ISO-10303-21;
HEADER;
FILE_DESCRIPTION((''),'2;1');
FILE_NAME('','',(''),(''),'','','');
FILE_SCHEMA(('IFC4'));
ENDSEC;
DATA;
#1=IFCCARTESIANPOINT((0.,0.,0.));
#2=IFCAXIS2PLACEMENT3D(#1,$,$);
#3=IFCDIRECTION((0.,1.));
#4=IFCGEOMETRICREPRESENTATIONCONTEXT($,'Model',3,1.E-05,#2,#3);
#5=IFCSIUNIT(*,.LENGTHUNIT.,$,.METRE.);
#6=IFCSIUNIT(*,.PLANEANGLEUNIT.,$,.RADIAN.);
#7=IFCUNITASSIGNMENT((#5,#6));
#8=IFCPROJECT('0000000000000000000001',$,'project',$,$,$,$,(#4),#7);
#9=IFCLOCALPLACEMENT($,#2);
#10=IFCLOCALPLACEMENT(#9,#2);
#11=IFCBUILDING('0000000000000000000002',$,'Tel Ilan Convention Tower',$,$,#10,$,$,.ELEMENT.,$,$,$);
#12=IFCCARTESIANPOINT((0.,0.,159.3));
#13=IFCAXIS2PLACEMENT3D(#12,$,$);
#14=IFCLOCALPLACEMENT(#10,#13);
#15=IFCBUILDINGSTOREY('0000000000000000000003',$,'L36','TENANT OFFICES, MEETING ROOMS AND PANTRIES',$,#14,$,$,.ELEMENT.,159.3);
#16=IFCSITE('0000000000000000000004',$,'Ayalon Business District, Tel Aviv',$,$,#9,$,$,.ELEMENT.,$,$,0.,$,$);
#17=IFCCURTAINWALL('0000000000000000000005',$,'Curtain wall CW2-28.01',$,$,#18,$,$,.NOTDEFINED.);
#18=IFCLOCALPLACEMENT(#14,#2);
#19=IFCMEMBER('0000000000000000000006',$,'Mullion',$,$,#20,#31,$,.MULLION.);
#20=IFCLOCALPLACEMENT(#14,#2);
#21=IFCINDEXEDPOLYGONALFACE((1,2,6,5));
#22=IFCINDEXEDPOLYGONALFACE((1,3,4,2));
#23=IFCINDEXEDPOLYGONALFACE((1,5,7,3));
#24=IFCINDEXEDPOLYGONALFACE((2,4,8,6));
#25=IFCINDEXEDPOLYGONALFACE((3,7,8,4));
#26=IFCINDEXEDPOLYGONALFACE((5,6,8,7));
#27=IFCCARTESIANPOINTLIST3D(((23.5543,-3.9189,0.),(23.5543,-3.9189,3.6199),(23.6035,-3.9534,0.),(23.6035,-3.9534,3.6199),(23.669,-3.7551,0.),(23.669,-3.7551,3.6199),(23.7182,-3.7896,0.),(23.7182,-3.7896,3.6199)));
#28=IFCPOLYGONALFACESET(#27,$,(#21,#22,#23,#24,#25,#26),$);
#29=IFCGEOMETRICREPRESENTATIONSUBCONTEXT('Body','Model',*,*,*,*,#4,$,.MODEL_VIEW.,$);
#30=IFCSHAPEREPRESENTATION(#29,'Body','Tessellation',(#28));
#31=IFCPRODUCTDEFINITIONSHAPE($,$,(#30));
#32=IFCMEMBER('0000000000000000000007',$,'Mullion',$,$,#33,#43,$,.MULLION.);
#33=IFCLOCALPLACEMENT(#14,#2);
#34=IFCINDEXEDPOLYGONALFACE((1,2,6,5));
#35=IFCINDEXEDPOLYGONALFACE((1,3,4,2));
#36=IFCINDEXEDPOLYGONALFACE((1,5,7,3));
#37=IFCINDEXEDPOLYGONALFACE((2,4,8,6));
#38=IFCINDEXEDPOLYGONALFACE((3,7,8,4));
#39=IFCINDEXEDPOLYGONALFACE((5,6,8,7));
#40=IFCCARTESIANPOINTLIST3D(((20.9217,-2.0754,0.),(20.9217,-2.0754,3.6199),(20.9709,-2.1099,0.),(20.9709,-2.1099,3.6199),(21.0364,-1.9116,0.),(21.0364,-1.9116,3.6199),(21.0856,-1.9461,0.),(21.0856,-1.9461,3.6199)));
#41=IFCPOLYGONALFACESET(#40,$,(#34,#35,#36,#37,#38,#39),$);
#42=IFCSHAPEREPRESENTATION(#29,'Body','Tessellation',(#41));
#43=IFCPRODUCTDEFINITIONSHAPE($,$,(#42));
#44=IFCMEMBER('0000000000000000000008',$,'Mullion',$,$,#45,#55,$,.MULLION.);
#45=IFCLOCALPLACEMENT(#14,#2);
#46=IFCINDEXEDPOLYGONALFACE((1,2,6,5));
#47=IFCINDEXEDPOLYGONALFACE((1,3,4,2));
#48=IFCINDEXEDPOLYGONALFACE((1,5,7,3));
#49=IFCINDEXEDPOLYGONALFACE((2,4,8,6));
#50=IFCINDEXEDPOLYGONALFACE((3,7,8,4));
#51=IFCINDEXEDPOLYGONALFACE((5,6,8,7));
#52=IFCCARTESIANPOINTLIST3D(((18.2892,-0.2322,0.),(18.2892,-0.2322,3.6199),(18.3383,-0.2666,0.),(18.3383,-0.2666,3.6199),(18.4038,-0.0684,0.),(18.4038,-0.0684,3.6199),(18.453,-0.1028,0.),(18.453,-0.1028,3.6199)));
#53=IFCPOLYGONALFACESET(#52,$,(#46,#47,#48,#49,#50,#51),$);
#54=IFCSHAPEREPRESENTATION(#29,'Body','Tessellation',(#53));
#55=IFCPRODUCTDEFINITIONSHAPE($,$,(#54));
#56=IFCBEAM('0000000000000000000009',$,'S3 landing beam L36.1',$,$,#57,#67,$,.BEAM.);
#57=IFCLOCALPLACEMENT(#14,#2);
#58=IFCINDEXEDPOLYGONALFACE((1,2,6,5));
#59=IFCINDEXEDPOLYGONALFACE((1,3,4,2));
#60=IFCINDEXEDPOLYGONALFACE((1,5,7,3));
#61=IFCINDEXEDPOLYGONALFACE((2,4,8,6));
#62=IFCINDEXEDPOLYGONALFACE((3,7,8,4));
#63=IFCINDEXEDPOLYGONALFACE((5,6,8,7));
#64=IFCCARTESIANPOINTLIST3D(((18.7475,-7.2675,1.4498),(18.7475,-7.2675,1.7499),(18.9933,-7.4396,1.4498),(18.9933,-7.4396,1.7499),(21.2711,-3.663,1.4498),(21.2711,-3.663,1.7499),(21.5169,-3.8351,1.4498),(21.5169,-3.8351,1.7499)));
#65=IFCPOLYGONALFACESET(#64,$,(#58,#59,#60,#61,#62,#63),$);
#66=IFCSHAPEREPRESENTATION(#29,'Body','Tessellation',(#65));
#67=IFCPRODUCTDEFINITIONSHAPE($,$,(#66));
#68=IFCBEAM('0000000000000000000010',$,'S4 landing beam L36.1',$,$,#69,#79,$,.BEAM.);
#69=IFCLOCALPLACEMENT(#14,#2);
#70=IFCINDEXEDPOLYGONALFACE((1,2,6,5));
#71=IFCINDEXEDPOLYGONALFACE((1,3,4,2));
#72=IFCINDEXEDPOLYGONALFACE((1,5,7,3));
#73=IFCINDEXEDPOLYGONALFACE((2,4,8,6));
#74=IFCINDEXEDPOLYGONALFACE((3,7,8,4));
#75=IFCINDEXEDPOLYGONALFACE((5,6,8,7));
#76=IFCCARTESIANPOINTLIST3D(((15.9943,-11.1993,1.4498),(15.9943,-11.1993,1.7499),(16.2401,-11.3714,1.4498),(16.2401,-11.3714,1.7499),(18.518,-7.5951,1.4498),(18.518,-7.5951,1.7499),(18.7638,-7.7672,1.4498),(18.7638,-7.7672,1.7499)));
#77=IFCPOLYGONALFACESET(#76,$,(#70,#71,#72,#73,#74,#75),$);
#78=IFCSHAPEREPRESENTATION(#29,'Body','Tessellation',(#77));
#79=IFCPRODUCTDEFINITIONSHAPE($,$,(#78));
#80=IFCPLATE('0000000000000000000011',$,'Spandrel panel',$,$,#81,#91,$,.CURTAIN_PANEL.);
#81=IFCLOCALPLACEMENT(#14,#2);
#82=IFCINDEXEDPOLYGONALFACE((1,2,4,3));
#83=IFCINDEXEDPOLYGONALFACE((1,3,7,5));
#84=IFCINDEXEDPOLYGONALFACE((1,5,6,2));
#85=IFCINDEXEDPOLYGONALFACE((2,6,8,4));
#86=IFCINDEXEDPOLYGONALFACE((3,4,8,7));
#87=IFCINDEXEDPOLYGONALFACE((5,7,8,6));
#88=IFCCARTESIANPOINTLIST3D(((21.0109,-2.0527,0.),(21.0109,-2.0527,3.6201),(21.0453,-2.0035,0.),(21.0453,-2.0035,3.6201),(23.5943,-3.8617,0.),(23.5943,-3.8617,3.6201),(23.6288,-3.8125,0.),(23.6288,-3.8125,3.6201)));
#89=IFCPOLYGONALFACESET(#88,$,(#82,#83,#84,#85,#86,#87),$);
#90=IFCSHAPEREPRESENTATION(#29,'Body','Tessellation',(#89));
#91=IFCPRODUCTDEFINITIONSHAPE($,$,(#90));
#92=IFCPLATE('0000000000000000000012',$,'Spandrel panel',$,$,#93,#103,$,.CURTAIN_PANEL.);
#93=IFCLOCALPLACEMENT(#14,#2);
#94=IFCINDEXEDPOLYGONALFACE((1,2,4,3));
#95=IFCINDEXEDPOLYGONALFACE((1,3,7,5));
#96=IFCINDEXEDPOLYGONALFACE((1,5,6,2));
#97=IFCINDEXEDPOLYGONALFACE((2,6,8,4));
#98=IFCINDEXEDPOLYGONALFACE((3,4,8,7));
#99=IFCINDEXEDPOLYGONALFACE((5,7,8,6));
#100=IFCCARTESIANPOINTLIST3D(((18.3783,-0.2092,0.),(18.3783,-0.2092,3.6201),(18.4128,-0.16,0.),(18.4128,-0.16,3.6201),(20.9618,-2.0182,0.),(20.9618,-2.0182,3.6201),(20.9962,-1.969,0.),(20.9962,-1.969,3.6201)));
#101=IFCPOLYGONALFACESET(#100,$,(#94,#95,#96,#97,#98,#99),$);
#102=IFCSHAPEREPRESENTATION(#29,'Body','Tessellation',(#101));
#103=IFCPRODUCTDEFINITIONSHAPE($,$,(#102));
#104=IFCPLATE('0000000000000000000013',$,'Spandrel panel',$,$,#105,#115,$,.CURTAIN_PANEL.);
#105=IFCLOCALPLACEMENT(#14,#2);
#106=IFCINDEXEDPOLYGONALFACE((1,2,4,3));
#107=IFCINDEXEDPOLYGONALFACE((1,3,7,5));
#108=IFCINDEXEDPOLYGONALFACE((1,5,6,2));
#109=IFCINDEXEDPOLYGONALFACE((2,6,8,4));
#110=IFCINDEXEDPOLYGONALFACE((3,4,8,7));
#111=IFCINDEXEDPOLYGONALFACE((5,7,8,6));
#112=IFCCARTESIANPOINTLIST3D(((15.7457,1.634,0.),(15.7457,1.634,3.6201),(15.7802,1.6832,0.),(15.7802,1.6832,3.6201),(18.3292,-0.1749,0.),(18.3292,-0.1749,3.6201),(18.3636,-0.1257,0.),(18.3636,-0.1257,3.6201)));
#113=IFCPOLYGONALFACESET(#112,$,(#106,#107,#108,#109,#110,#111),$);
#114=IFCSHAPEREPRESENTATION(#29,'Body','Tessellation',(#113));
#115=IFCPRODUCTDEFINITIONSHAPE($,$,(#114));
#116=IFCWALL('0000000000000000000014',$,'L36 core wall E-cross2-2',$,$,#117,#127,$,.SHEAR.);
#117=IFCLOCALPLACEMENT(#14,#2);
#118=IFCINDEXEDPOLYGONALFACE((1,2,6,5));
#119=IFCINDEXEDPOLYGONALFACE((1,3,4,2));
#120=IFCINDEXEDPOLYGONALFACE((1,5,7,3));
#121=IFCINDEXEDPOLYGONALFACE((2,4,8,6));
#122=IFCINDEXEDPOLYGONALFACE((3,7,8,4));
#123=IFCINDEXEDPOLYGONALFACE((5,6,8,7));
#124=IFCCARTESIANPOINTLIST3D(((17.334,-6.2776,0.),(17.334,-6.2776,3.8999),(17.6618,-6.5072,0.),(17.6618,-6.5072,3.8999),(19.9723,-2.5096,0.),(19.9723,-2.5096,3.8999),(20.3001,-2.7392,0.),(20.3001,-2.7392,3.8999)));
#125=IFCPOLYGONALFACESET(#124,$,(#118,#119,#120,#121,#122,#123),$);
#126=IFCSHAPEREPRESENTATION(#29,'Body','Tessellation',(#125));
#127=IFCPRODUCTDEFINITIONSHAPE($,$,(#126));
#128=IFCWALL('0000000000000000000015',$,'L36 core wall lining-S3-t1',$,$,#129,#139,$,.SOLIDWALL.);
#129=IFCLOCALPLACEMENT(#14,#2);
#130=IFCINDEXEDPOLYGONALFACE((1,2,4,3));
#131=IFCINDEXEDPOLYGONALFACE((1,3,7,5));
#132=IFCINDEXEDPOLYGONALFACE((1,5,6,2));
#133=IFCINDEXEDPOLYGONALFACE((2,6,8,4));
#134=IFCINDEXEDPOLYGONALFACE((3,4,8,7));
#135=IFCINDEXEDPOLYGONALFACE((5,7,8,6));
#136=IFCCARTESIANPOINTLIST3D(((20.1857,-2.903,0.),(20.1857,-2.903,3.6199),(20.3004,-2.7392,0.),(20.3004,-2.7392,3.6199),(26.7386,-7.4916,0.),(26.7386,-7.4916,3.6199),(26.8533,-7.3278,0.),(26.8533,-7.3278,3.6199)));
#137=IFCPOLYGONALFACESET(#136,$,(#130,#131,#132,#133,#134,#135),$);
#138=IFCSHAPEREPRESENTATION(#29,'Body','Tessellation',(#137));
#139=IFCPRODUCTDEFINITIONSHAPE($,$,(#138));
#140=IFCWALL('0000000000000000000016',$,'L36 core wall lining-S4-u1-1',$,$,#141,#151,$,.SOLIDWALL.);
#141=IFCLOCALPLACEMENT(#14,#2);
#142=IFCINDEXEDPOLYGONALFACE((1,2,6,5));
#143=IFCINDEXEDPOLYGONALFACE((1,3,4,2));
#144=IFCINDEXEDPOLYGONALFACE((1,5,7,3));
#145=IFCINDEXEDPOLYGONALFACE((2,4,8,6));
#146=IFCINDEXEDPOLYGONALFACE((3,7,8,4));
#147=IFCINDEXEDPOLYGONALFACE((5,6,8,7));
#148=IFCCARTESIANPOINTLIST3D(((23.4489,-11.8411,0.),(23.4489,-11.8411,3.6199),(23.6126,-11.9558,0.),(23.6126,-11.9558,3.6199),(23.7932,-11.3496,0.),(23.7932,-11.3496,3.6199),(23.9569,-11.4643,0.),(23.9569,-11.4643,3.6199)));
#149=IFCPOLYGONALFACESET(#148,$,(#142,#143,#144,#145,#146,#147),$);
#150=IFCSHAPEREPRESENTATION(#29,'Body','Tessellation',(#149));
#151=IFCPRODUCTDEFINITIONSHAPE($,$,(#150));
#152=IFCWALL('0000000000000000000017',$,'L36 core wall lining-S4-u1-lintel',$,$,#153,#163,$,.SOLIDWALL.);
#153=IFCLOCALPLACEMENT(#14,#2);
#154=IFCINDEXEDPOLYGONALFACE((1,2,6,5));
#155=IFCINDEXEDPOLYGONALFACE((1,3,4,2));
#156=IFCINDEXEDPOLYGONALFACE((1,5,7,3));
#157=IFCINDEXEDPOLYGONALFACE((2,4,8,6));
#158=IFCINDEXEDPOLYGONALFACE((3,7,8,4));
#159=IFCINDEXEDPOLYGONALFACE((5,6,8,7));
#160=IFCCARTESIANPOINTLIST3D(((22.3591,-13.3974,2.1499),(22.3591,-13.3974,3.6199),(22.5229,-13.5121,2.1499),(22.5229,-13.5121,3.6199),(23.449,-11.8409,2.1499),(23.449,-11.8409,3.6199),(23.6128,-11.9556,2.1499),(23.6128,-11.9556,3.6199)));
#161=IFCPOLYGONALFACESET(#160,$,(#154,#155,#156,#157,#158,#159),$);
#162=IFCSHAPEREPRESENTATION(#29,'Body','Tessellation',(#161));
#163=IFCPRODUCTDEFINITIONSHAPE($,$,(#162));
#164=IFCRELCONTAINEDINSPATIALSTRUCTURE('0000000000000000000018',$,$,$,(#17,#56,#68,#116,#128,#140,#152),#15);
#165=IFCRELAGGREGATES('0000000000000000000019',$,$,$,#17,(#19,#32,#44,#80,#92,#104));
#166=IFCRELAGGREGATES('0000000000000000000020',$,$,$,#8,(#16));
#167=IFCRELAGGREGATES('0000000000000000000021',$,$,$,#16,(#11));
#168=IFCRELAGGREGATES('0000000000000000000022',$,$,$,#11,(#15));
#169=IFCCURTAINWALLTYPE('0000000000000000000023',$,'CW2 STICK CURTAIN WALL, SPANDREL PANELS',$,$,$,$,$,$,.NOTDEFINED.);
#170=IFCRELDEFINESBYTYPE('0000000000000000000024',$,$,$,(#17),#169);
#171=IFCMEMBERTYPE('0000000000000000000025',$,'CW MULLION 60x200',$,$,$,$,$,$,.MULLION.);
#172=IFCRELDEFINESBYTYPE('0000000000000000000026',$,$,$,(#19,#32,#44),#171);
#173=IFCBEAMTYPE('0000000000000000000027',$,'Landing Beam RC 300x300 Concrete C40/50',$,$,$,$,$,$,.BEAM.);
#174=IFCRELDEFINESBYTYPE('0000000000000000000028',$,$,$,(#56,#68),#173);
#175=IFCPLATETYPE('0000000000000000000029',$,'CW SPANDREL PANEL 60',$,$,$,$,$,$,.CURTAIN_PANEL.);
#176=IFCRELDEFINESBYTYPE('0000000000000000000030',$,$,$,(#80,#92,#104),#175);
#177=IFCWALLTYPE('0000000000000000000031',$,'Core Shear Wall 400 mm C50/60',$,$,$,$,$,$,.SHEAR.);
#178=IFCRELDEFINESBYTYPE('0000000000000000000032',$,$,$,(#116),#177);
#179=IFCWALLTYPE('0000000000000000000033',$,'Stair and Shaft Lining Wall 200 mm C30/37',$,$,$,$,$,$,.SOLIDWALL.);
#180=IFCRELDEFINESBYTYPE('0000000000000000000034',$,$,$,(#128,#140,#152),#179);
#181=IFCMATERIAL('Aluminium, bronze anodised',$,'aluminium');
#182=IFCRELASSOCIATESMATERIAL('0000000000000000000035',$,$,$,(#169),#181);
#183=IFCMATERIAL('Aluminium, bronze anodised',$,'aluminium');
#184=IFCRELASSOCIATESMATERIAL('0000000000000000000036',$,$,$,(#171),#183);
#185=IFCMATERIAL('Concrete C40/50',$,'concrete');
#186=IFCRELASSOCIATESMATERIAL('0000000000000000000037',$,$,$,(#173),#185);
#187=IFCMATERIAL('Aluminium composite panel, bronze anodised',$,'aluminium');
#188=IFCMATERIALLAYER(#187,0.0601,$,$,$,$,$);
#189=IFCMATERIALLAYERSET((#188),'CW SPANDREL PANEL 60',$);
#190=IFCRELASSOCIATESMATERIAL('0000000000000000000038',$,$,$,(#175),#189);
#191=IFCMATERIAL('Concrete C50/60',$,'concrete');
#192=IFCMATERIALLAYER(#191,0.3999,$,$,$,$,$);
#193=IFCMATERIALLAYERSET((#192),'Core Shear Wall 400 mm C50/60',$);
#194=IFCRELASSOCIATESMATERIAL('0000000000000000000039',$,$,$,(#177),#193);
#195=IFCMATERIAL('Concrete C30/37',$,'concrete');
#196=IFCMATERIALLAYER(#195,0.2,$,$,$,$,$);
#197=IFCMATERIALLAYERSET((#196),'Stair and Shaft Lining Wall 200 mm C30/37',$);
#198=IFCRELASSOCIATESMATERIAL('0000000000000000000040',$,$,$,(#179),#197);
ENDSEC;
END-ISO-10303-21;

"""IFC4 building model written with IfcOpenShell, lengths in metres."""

from ifc_helpers import new_model, si_unit, direction, frame, frame_2d, origin, origin_2d, place, context, subcontext, project, spatial, polyline, rectangle, outline, extrude, material, layer, layer_set, material_profile, profile_set, type_object, element, aggregate, save


model = new_model("IFC4")

# Units and contexts
model_context = context("Model", 3, precision=1e-05, world=origin(), true_north=direction((0.0, 1.0)))
body_context = subcontext(model_context, "Body", "Model", "MODEL_VIEW")
ifc_project = project(units=[si_unit("LENGTHUNIT", "METRE"), si_unit("PLANEANGLEUNIT", "RADIAN")], contexts=[model_context])

# Site, building, storey
site_placement = place(None, origin())
site = spatial("IfcSite", under=ifc_project, at=site_placement, Name="Ayalon Business District, Tel Aviv", CompositionType="ELEMENT", RefElevation=0.0)
building_placement = place(site_placement, origin())
building = spatial("IfcBuilding", under=site, at=building_placement, Name="Tel Ilan Convention Tower", CompositionType="ELEMENT")
storey_placement = place(building_placement, frame((0.0, 0.0, 159.3)))
storey = spatial("IfcBuildingStorey", under=building, at=storey_placement, Name="L36", Description="TENANT OFFICES, MEETING ROOMS AND PANTRIES", CompositionType="ELEMENT", Elevation=159.3)

# Curtain wall, members
ifc_material_1 = material(Name="Aluminium, bronze anodised", Category="aluminium")
curtain_wall_type = type_object("IfcCurtainWallType", Name="CW2 STICK CURTAIN WALL, SPANDREL PANELS", PredefinedType="NOTDEFINED", material=ifc_material_1)
curtain_wall_placement = place(storey_placement, origin())
curtain_wall = element("IfcCurtainWall", 1, at=curtain_wall_placement, inside=storey, type_object=curtain_wall_type, Name="Curtain wall CW2-28.01", PredefinedType="NOTDEFINED")
ifc_material_2 = material(Name="Aluminium, bronze anodised", Category="aluminium")
ifc_material_profile_1 = material_profile(ifc_material_2, rectangle(XDim=0.0601, YDim=0.2, at=origin_2d()), Name="CW MULLION 60x200")
ifc_profile_set_1 = profile_set([ifc_material_profile_1], Name="Aluminium, bronze anodised")
member_type = type_object("IfcMemberType", Name="CW MULLION 60x200", PredefinedType="MULLION", material=ifc_profile_set_1)
member_1_placement = place(storey_placement, frame((23.6362, -3.8542, 0.0), z_axis=(0.0, 0.0, 1.0), x_axis=(-0.819152, 0.573576, 0.0)))
member_1 = element("IfcMember", 2, at=member_1_placement, type_object=member_type, Name="Mullion", PredefinedType="MULLION", context=body_context, shape_type="SweptSolid", body=[
    extrude(rectangle(XDim=0.0601, YDim=0.2, at=origin_2d()), origin(), (0.0, 0.0, 1.0), 3.6199),
])
member_2_placement = place(storey_placement, frame((21.0037, -2.0107, 0.0), z_axis=(0.0, 0.0, 1.0), x_axis=(-0.819152, 0.573576, 0.0)))
member_2 = element("IfcMember", 3, at=member_2_placement, type_object=member_type, Name="Mullion", PredefinedType="MULLION", context=body_context, shape_type="SweptSolid", body=[
    extrude(rectangle(XDim=0.0601, YDim=0.2, at=origin_2d()), origin(), (0.0, 0.0, 1.0), 3.6199),
])
member_3_placement = place(storey_placement, frame((18.3711, -0.1675, 0.0), z_axis=(0.0, 0.0, 1.0), x_axis=(-0.819152, 0.573576, 0.0)))
member_3 = element("IfcMember", 4, at=member_3_placement, type_object=member_type, Name="Mullion", PredefinedType="MULLION", context=body_context, shape_type="SweptSolid", body=[
    extrude(rectangle(XDim=0.0601, YDim=0.2, at=origin_2d()), origin(), (0.0, 0.0, 1.0), 3.6199),
])

# Beams
ifc_material_3 = material(Name="Concrete C40/50", Category="concrete")
ifc_material_profile_2 = material_profile(ifc_material_3, rectangle(XDim=0.3, YDim=0.3, at=origin_2d()), Name="RC 300x300")
ifc_profile_set_2 = profile_set([ifc_material_profile_2], Name="Concrete C40/50")
beam_type = type_object("IfcBeamType", Name="Landing Beam RC 300x300 Concrete C40/50", PredefinedType="BEAM", material=ifc_profile_set_2)
beam_1_placement = place(storey_placement, frame((21.394, -3.749, 1.5999), z_axis=(-0.573544, -0.819175, 0.0), x_axis=(0.819175, -0.573544, 0.0)))
element("IfcBeam", 5, at=beam_1_placement, inside=storey, type_object=beam_type, Name="S3 landing beam L36.1", PredefinedType="BEAM", context=body_context, shape_type="SweptSolid", body=[
    extrude(rectangle(XDim=0.3, YDim=0.3, at=origin_2d()), origin(), (0.0, 0.0, 1.0), 4.4001),
])
beam_2_placement = place(storey_placement, frame((18.6409, -7.6812, 1.5999), z_axis=(-0.57357, -0.819156, 0.0), x_axis=(0.819156, -0.57357, 0.0)))
element("IfcBeam", 6, at=beam_2_placement, inside=storey, type_object=beam_type, Name="S4 landing beam L36.1", PredefinedType="BEAM", context=body_context, shape_type="SweptSolid", body=[
    extrude(rectangle(XDim=0.3, YDim=0.3, at=origin_2d()), origin(), (0.0, 0.0, 1.0), 4.3999),
])

# Plates
ifc_material_4 = material(Name="Aluminium composite panel, bronze anodised", Category="aluminium")
ifc_layer_1 = layer(ifc_material_4, 0.0601)
ifc_layer_set_1 = layer_set([ifc_layer_1], Name="CW SPANDREL PANEL 60")
plate_type = type_object("IfcPlateType", Name="CW SPANDREL PANEL 60", PredefinedType="CURTAIN_PANEL", material=ifc_layer_set_1)
plate_1_placement = place(storey_placement, frame((22.3198, -2.9326, 0.0), z_axis=(0.0, 0.0, 1.0), x_axis=(-0.819152, 0.573576, 0.0)))
plate_1 = element("IfcPlate", 7, at=plate_1_placement, type_object=plate_type, Name="Spandrel panel", PredefinedType="CURTAIN_PANEL", context=body_context, shape_type="SweptSolid", body=[
    extrude(rectangle(XDim=3.1538, YDim=0.0601, at=origin_2d()), origin(), (0.0, 0.0, 1.0), 3.6201),
])
plate_2_placement = place(storey_placement, frame((19.6873, -1.0891, 0.0), z_axis=(0.0, 0.0, 1.0), x_axis=(-0.819152, 0.573576, 0.0)))
plate_2 = element("IfcPlate", 8, at=plate_2_placement, type_object=plate_type, Name="Spandrel panel", PredefinedType="CURTAIN_PANEL", context=body_context, shape_type="SweptSolid", body=[
    extrude(rectangle(XDim=3.1538, YDim=0.0601, at=origin_2d()), origin(), (0.0, 0.0, 1.0), 3.6201),
])
plate_3_placement = place(storey_placement, frame((17.0547, 0.7542, 0.0), z_axis=(0.0, 0.0, 1.0), x_axis=(-0.819152, 0.573576, 0.0)))
plate_3 = element("IfcPlate", 9, at=plate_3_placement, type_object=plate_type, Name="Spandrel panel", PredefinedType="CURTAIN_PANEL", context=body_context, shape_type="SweptSolid", body=[
    extrude(rectangle(XDim=3.1538, YDim=0.0601, at=origin_2d()), origin(), (0.0, 0.0, 1.0), 3.6201),
])
aggregate(curtain_wall, [member_1, member_2, member_3, plate_1, plate_2, plate_3])

# Walls
ifc_material_5 = material(Name="Concrete C50/60", Category="concrete")
ifc_layer_2 = layer(ifc_material_5, 0.3999)
ifc_layer_set_2 = layer_set([ifc_layer_2], Name="Core Shear Wall 400 mm C50/60")
wall_type_1 = type_object("IfcWallType", Name="Core Shear Wall 400 mm C50/60", PredefinedType="SHEAR", material=ifc_layer_set_2)
wall_1_placement = place(storey_placement, frame((17.4978, -6.3923, 0.0), z_axis=(0.0, 0.0, 1.0), x_axis=(0.573612, 0.819127, 0.0)))
element("IfcWall", 10, at=wall_1_placement, inside=storey, type_object=wall_type_1, Name="L36 core wall E-cross2-2", PredefinedType="SHEAR", context=body_context, shape_type="SweptSolid", body=[
    extrude(outline(polyline([(4.5999, -0.2), (4.5999, 0.2002), (0.0, 0.2), (0.0, -0.2002), (4.5999, -0.2)])), origin(), (0.0, 0.0, 1.0), 3.8999),
])
ifc_material_6 = material(Name="Concrete C30/37", Category="concrete")
ifc_layer_3 = layer(ifc_material_6, 0.2)
ifc_layer_set_3 = layer_set([ifc_layer_3], Name="Stair and Shaft Lining Wall 200 mm C30/37")
wall_type_2 = type_object("IfcWallType", Name="Stair and Shaft Lining Wall 200 mm C30/37", PredefinedType="SOLIDWALL", material=ifc_layer_set_3)
wall_2_placement = place(storey_placement, frame((20.2429, -2.821, 0.0), z_axis=(0.0, 0.0, 1.0), x_axis=(0.819142, -0.573591, 0.0)))
element("IfcWall", 11, at=wall_2_placement, inside=storey, type_object=wall_type_2, Name="L36 core wall lining-S3-t1", PredefinedType="SOLIDWALL", context=body_context, shape_type="SweptSolid", body=[
    extrude(rectangle(XDim=7.9998, YDim=0.2, at=frame_2d((4.0, 0.0))), origin(), (0.0, 0.0, 1.0), 3.6199),
])
wall_3_placement = place(storey_placement, frame((23.5308, -11.8984, 0.0), z_axis=(0.0, 0.0, 1.0), x_axis=(0.573708, 0.81906, 0.0)))
element("IfcWall", 12, at=wall_3_placement, inside=storey, type_object=wall_type_2, Name="L36 core wall lining-S4-u1-1", PredefinedType="SOLIDWALL", context=body_context, shape_type="SweptSolid", body=[
    extrude(rectangle(XDim=0.6001, YDim=0.2, at=frame_2d((0.3, 0.0))), origin(), (0.0, 0.0, 1.0), 3.6199),
])
wall_4_placement = place(storey_placement, frame((22.4409, -13.4548, 2.1499), z_axis=(0.0, 0.0, 1.0), x_axis=(0.573592, 0.819141, 0.0)))
element("IfcWall", 13, at=wall_4_placement, inside=storey, type_object=wall_type_2, Name="L36 core wall lining-S4-u1-lintel", PredefinedType="SOLIDWALL", context=body_context, shape_type="SweptSolid", body=[
    extrude(rectangle(XDim=1.9001, YDim=0.2, at=frame_2d((0.9502, 0.0))), origin(), (0.0, 0.0, 1.0), 1.47),
])

save(model, "model.ifc")
